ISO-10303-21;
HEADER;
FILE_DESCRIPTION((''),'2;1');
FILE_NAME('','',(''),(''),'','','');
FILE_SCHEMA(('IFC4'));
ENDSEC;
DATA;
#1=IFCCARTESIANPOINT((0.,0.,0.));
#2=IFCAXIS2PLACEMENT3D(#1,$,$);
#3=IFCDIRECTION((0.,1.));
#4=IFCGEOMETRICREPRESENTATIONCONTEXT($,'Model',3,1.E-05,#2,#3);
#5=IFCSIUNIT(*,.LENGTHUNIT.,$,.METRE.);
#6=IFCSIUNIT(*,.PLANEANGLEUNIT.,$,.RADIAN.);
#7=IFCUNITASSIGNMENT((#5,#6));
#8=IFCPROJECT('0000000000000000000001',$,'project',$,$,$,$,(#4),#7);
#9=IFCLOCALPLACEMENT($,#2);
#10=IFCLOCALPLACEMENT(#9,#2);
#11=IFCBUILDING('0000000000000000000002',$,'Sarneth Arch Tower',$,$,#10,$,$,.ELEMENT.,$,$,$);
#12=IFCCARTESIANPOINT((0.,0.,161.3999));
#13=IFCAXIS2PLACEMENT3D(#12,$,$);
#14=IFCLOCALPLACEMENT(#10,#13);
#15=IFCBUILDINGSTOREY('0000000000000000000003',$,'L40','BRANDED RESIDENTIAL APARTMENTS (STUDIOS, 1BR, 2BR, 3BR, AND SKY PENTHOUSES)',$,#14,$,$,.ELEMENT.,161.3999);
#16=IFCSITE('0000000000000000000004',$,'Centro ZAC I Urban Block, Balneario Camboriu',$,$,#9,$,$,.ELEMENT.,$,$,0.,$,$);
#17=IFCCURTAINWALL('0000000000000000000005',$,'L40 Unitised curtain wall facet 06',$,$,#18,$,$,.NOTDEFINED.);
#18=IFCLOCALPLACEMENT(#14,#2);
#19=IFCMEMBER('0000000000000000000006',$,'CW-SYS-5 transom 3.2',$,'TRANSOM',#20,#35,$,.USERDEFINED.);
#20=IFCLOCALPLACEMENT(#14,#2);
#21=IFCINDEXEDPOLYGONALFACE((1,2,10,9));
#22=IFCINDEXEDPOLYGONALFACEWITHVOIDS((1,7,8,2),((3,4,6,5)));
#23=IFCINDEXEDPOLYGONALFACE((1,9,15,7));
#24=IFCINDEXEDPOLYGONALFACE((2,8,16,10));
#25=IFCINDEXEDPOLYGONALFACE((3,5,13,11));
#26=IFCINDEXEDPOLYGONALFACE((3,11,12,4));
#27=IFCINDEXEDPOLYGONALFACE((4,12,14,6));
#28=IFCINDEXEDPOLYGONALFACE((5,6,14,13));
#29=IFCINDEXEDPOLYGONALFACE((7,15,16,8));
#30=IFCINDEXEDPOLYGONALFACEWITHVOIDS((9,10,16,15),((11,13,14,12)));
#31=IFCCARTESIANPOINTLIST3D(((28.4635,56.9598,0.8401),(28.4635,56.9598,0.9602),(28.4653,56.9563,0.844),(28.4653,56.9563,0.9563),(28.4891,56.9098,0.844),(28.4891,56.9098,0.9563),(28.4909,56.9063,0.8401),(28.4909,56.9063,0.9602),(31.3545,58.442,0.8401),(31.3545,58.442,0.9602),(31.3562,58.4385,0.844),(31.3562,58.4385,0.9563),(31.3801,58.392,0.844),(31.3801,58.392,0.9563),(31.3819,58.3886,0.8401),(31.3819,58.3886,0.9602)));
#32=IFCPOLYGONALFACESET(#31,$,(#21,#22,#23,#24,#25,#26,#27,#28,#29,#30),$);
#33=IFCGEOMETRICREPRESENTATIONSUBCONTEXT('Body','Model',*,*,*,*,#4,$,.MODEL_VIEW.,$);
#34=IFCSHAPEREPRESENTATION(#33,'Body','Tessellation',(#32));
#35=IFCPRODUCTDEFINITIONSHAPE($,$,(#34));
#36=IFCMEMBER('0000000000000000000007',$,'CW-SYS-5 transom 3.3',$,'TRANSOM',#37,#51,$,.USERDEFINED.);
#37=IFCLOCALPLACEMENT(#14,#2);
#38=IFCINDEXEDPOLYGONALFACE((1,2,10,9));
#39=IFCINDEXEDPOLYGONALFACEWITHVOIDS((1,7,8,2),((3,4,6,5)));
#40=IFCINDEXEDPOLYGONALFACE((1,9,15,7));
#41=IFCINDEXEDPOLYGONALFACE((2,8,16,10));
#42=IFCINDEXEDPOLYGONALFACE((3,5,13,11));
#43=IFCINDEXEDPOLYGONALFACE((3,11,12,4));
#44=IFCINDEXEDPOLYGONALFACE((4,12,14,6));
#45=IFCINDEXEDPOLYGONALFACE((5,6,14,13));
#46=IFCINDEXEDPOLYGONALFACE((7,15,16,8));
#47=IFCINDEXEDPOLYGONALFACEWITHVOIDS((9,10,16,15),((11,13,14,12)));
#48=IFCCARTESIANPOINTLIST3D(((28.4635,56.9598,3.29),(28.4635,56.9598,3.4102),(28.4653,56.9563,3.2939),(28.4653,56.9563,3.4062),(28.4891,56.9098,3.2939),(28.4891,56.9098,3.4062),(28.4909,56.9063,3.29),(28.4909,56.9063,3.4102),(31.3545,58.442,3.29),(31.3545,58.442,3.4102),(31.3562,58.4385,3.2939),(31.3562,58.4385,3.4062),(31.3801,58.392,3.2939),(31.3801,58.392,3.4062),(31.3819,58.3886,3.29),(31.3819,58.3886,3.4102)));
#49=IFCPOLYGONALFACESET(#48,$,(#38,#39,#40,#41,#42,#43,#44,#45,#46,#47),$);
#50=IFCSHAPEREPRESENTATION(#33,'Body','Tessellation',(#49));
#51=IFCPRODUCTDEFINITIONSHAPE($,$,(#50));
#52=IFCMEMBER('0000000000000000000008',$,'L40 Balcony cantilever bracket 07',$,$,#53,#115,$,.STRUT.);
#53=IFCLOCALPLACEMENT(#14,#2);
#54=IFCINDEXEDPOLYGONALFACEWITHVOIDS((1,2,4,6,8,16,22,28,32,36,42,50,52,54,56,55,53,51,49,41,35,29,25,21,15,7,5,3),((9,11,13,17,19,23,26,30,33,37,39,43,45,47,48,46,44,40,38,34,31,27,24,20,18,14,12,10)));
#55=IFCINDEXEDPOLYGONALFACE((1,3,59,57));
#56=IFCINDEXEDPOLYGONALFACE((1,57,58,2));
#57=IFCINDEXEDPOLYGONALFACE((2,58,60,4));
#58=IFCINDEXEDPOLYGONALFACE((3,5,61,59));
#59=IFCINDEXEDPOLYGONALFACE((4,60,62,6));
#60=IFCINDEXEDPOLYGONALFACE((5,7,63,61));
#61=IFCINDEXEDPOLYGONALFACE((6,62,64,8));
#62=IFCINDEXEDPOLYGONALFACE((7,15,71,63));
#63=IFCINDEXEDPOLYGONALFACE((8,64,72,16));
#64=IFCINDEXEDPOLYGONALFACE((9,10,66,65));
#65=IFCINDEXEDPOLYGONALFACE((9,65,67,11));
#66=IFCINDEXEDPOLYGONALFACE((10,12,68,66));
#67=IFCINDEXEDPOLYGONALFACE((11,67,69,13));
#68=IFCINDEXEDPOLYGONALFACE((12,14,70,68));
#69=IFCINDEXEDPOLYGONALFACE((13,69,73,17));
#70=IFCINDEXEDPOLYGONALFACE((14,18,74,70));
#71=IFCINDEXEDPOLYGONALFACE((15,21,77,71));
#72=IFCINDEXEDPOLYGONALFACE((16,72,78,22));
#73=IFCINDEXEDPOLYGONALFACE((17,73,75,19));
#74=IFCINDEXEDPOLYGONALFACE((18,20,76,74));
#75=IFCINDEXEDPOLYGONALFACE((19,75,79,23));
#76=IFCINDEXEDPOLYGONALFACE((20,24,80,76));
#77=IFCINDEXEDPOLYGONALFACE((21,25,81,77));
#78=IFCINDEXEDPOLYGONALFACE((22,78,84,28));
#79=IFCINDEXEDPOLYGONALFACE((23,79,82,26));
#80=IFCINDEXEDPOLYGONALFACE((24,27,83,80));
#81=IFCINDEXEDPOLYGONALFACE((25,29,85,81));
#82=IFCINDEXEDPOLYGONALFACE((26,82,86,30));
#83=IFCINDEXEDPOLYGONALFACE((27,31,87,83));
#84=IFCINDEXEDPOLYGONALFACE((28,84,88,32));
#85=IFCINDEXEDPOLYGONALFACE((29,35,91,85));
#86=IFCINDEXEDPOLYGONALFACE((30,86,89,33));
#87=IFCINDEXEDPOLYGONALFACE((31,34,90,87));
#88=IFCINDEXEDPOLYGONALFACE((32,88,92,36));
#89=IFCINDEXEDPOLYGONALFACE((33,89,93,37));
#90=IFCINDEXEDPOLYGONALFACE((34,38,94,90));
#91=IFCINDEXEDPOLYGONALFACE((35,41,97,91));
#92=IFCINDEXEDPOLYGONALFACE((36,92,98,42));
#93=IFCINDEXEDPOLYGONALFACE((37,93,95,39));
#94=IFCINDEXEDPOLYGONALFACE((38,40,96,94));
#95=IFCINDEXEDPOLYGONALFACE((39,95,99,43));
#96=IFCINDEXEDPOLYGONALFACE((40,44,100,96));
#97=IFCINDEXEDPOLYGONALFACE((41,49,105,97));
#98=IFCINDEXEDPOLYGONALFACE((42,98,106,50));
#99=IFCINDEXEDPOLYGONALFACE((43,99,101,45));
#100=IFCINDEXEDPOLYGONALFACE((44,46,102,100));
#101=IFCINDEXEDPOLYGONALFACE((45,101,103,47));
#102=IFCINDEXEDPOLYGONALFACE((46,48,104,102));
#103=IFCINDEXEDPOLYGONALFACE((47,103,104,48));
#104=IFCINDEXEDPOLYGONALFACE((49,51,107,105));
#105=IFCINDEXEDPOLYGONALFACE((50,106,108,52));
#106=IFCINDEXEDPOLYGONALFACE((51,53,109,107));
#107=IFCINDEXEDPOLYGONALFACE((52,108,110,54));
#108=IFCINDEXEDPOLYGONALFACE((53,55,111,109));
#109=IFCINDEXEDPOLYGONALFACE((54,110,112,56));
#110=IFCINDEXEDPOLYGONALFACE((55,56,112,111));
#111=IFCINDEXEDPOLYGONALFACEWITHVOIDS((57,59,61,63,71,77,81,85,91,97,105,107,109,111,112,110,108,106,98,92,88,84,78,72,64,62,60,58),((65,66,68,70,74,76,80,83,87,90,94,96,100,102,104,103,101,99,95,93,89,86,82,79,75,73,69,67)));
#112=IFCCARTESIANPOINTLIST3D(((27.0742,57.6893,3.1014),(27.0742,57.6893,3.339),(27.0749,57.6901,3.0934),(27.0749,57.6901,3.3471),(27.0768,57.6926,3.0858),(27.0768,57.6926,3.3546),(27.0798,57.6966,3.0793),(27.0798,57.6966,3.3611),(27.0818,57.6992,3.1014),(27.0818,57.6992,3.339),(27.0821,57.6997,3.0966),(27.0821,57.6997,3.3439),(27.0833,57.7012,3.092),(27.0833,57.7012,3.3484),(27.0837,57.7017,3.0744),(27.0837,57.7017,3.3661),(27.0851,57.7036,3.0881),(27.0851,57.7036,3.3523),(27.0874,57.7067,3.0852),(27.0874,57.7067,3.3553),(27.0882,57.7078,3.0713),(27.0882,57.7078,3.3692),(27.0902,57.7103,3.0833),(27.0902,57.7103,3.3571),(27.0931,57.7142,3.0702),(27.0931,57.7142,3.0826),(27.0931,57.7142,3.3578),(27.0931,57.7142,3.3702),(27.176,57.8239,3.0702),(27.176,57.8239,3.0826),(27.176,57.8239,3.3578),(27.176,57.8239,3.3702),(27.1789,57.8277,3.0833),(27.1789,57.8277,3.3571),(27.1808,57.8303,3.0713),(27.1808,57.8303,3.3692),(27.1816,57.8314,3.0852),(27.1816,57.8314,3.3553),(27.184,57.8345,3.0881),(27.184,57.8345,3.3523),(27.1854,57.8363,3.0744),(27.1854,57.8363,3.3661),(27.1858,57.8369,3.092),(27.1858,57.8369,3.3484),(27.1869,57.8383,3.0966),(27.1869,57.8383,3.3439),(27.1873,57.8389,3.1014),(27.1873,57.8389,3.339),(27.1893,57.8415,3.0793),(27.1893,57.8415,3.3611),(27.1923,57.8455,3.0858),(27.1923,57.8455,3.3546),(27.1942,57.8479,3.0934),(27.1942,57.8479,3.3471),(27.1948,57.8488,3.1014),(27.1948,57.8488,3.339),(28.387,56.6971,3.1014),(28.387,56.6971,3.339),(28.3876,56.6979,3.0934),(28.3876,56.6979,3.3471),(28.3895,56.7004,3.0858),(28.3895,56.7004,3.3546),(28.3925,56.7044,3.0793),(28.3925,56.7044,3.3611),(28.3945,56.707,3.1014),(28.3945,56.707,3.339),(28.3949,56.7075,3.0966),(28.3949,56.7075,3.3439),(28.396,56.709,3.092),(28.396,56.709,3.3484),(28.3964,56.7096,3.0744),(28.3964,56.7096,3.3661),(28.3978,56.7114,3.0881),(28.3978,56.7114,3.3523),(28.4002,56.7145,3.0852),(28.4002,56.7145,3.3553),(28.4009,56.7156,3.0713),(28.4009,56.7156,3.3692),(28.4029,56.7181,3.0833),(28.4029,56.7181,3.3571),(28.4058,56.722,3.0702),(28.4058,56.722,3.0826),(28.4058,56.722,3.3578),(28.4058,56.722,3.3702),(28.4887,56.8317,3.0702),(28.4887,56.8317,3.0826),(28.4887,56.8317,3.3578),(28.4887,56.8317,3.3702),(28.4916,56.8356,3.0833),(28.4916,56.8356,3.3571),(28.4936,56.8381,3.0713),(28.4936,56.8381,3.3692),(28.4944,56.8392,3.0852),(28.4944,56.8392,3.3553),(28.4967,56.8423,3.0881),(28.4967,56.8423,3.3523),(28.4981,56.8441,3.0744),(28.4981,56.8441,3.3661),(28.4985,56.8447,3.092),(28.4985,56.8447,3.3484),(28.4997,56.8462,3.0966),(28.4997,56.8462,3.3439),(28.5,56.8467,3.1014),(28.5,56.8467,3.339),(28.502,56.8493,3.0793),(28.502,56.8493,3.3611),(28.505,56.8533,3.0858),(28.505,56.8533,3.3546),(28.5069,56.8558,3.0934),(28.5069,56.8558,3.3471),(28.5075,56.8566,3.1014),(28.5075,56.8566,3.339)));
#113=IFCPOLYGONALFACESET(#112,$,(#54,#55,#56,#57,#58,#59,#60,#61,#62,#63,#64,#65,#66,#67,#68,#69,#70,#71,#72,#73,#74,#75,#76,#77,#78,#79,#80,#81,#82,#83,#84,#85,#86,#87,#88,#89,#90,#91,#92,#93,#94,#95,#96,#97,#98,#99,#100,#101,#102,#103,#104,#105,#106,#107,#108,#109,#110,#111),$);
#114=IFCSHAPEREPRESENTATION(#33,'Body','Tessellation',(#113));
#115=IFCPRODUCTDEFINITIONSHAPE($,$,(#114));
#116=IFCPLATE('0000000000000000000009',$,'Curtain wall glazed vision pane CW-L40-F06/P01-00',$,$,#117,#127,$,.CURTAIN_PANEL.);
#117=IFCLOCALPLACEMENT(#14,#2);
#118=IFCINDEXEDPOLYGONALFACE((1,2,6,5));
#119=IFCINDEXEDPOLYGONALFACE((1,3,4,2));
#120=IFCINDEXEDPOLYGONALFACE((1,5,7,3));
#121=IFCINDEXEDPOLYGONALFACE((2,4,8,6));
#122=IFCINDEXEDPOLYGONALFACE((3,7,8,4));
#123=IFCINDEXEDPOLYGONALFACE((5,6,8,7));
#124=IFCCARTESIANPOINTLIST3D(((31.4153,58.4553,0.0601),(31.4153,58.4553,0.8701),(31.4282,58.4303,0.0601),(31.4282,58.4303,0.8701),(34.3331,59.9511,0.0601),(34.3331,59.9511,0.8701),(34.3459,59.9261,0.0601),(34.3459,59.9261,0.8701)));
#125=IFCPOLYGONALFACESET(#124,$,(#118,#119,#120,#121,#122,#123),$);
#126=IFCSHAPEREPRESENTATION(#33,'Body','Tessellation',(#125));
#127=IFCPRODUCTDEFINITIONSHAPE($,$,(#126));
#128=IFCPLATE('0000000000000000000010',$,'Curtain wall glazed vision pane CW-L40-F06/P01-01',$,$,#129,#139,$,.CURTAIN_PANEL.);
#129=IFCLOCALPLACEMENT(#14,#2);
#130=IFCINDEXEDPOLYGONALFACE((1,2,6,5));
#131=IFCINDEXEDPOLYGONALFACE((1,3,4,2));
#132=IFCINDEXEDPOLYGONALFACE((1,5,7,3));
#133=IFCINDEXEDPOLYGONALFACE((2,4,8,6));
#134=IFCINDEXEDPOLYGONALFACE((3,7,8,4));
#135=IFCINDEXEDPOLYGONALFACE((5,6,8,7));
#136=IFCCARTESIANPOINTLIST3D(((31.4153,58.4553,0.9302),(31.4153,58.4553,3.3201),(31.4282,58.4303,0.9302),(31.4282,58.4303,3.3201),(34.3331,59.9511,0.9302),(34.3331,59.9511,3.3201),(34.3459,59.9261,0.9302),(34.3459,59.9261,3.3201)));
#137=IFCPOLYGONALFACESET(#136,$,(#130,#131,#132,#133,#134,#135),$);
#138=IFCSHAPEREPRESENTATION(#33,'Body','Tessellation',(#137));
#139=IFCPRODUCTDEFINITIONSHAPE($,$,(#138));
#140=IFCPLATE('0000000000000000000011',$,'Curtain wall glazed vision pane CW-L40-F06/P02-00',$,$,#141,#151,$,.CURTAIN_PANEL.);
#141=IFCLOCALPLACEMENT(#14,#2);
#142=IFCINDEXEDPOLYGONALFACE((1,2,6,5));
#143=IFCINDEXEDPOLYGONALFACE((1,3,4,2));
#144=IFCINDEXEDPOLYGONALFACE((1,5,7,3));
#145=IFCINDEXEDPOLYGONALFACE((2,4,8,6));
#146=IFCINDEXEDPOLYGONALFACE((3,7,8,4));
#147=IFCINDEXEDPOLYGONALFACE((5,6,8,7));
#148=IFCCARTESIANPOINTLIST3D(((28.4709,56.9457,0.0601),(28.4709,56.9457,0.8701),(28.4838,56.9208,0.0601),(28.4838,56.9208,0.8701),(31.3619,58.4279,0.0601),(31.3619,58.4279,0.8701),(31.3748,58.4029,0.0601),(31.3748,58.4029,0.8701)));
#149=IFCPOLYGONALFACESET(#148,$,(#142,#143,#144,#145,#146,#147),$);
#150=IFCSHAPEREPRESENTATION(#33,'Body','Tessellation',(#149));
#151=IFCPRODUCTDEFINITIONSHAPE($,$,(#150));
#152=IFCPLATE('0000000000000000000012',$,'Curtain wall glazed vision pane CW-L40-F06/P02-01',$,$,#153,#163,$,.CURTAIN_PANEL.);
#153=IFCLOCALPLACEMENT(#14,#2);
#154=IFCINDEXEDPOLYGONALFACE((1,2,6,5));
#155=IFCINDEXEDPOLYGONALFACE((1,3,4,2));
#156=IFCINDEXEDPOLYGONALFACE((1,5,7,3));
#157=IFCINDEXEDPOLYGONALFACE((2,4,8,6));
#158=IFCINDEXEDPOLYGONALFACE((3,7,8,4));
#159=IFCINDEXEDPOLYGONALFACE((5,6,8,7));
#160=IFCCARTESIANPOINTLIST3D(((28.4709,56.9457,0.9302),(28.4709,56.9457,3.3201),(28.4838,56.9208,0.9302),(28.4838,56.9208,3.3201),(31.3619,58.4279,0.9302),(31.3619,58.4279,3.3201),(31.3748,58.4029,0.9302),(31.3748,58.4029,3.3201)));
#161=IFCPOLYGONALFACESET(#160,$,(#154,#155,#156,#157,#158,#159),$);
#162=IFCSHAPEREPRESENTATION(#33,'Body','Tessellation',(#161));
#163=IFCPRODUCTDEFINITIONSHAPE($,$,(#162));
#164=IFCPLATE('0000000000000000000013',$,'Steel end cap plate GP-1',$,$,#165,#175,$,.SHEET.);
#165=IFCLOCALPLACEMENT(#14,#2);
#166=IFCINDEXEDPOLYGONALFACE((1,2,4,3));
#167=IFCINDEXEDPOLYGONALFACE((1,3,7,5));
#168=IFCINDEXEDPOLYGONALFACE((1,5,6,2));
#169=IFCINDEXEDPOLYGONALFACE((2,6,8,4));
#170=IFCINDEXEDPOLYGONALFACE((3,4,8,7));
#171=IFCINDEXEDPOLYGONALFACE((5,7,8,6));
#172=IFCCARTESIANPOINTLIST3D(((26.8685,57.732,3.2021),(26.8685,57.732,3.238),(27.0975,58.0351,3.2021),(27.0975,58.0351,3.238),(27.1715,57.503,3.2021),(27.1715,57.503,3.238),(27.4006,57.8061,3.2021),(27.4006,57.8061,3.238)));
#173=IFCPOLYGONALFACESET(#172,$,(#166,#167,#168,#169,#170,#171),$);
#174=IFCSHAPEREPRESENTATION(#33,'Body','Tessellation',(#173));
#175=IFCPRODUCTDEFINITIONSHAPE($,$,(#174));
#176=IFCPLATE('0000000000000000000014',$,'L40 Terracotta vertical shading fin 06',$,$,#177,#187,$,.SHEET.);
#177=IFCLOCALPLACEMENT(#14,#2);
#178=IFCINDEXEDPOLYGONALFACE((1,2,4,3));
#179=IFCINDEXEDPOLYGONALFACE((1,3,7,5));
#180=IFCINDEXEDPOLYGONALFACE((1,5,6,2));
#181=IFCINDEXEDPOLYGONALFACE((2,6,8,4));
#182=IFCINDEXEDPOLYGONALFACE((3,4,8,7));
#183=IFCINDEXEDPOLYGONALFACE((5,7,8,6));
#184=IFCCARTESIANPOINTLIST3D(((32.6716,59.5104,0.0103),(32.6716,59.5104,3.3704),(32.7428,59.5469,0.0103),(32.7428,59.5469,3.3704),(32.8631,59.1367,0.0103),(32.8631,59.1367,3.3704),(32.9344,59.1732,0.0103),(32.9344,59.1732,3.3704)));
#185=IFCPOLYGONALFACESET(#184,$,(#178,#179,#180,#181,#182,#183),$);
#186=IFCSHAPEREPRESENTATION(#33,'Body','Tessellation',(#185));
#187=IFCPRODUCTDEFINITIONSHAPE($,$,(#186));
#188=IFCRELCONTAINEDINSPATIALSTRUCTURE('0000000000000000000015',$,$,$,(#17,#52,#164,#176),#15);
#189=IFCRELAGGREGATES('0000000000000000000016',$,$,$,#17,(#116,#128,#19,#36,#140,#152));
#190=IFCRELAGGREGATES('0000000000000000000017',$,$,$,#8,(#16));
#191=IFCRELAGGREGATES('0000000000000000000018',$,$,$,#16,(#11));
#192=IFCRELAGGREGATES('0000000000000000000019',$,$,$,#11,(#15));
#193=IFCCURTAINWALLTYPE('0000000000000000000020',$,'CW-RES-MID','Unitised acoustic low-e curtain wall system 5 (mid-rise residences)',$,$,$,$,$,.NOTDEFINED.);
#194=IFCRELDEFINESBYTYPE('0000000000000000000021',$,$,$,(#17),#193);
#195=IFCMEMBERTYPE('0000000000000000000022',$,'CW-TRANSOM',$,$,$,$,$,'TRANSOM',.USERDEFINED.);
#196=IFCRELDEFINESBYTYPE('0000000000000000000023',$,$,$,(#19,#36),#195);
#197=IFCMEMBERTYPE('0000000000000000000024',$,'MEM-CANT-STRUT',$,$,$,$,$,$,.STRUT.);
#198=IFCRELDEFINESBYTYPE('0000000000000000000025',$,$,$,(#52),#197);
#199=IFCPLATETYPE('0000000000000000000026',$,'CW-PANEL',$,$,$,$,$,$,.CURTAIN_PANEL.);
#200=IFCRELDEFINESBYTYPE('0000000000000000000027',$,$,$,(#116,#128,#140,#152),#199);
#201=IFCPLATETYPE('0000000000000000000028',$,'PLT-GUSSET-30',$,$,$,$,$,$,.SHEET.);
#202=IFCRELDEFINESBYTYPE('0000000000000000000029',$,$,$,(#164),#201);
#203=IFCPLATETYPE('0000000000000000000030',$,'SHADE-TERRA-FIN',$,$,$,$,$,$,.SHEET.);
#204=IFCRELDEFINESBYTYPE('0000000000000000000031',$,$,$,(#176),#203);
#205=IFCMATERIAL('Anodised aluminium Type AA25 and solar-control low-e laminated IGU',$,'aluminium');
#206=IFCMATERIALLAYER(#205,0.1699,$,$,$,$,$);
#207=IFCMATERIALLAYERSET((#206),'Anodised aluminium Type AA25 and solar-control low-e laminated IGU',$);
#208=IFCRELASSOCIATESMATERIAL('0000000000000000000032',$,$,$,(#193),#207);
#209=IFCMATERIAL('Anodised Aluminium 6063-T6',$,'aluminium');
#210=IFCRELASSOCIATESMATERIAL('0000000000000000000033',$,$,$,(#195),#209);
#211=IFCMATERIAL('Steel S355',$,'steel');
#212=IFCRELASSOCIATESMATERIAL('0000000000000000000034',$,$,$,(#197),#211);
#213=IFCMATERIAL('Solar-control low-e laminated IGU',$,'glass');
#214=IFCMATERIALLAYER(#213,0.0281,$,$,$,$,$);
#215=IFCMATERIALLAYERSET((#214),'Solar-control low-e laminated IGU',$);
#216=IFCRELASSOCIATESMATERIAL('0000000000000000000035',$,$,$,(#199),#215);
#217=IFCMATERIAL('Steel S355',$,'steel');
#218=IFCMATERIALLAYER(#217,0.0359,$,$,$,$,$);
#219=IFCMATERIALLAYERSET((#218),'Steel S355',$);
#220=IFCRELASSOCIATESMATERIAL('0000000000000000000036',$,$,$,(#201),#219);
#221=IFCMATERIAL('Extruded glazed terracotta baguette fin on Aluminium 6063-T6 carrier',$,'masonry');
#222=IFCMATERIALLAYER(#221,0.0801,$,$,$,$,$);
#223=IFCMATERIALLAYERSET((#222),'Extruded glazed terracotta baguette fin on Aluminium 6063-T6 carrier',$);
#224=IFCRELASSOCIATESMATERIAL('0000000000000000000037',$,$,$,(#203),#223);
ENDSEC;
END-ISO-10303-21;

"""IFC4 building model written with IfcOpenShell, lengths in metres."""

from ifc_helpers import new_model, si_unit, direction, frame, origin, origin_2d, place, context, subcontext, project, spatial, rectangle, hollow_rectangle, extrude, material, layer, layer_set, material_profile, profile_set, type_object, element, aggregate, save


model = new_model("IFC4")

# Units and contexts
model_context = context("Model", 3, precision=1e-05, world=origin(), true_north=direction((0.0, 1.0)))
body_context = subcontext(model_context, "Body", "Model", "MODEL_VIEW")
ifc_project = project(units=[si_unit("LENGTHUNIT", "METRE"), si_unit("PLANEANGLEUNIT", "RADIAN")], contexts=[model_context])

# Site, building, storey
site_placement = place(None, origin())
site = spatial("IfcSite", under=ifc_project, at=site_placement, Name="Centro ZAC I Urban Block, Balneario Camboriu", CompositionType="ELEMENT", RefElevation=0.0)
building_placement = place(site_placement, origin())
building = spatial("IfcBuilding", under=site, at=building_placement, Name="Sarneth Arch Tower", CompositionType="ELEMENT")
storey_placement = place(building_placement, frame((0.0, 0.0, 161.3999)))
storey = spatial("IfcBuildingStorey", under=building, at=storey_placement, Name="L40", Description="BRANDED RESIDENTIAL APARTMENTS (STUDIOS, 1BR, 2BR, 3BR, AND SKY PENTHOUSES)", CompositionType="ELEMENT", Elevation=161.3999)

# Curtain wall, members
ifc_material_1 = material(Name="Anodised aluminium Type AA25 and solar-control low-e laminated IGU", Category="aluminium")
ifc_layer_1 = layer(ifc_material_1, 0.1699)
ifc_layer_set_1 = layer_set([ifc_layer_1], Name="Anodised aluminium Type AA25 and solar-control low-e laminated IGU")
curtain_wall_type = type_object("IfcCurtainWallType", Name="CW-RES-MID", Description="Unitised acoustic low-e curtain wall system 5 (mid-rise residences)", PredefinedType="NOTDEFINED", material=ifc_layer_set_1)
curtain_wall_placement = place(storey_placement, origin())
curtain_wall = element("IfcCurtainWall", 1, at=curtain_wall_placement, inside=storey, type_object=curtain_wall_type, Name="L40 Unitised curtain wall facet 06", PredefinedType="NOTDEFINED")
ifc_material_2 = material(Name="Anodised Aluminium 6063-T6", Category="aluminium")
ifc_material_profile_1 = material_profile(ifc_material_2, hollow_rectangle(XDim=0.0601, YDim=0.1201, WallThickness=0.0039, at=origin_2d()), Name="AL-TRAN-120x60x4")
ifc_profile_set_1 = profile_set([ifc_material_profile_1], Name="Anodised Aluminium 6063-T6")
member_type_1 = type_object("IfcMemberType", Name="CW-TRANSOM", ElementType="TRANSOM", PredefinedType="USERDEFINED", material=ifc_profile_set_1)
member_1_placement = place(storey_placement, frame((31.3682, 58.4153, 0.9001), z_axis=(-0.889857, -0.456239, 0.0), x_axis=(0.456239, -0.889857, 0.0)))
member_1 = element("IfcMember", 2, at=member_1_placement, type_object=member_type_1, Name="CW-SYS-5 transom 3.2", ObjectType="TRANSOM", PredefinedType="USERDEFINED", context=body_context, shape_type="SweptSolid", body=[
    extrude(hollow_rectangle(XDim=0.0601, YDim=0.1201, WallThickness=0.0039, at=origin_2d()), origin(), (0.0, 0.0, 1.0), 3.2488),
])
member_2_placement = place(storey_placement, frame((31.3682, 58.4153, 3.3501), z_axis=(-0.889857, -0.456239, 0.0), x_axis=(0.456239, -0.889857, 0.0)))
member_2 = element("IfcMember", 3, at=member_2_placement, type_object=member_type_1, Name="CW-SYS-5 transom 3.3", ObjectType="TRANSOM", PredefinedType="USERDEFINED", context=body_context, shape_type="SweptSolid", body=[
    extrude(hollow_rectangle(XDim=0.0601, YDim=0.1201, WallThickness=0.0039, at=origin_2d()), origin(), (0.0, 0.0, 1.0), 3.2488),
])

# Member
ifc_material_3 = material(Name="Steel S355", Category="steel")
ifc_material_profile_2 = material_profile(ifc_material_3, hollow_rectangle(XDim=0.2, YDim=0.3, WallThickness=0.0125, InnerFilletRadius=0.0188, OuterFilletRadius=0.0312, at=origin_2d()), Name="RHS300x200x12.5")
ifc_profile_set_2 = profile_set([ifc_material_profile_2], Name="Steel S355")
member_type_2 = type_object("IfcMemberType", Name="MEM-CANT-STRUT", PredefinedType="STRUT", material=ifc_profile_set_2)
member_3_placement = place(storey_placement, frame((28.4473, 56.7769, 3.2202), z_axis=(-0.797769, 0.602963, 0.0), x_axis=(-0.602963, -0.797769, 0.0)))
element("IfcMember", 4, at=member_3_placement, inside=storey, type_object=member_type_2, Name="L40 Balcony cantilever bracket 07", PredefinedType="STRUT", context=body_context, shape_type="SweptSolid", body=[
    extrude(hollow_rectangle(XDim=0.2, YDim=0.3, WallThickness=0.0125, InnerFilletRadius=0.0188, OuterFilletRadius=0.0312, at=origin_2d()), origin(), (0.0, 0.0, 1.0), 1.6455),
])

# Plates
ifc_material_4 = material(Name="Solar-control low-e laminated IGU", Category="glass")
ifc_layer_2 = layer(ifc_material_4, 0.0281)
ifc_layer_set_2 = layer_set([ifc_layer_2], Name="Solar-control low-e laminated IGU")
plate_type_1 = type_object("IfcPlateType", Name="CW-PANEL", PredefinedType="CURTAIN_PANEL", material=ifc_layer_set_2)
plate_1_placement = place(storey_placement, frame((32.8806, 59.1907, 0.0601), z_axis=(0.0, 0.0, 1.0), x_axis=(-0.889873, -0.456208, 0.0)))
plate_1 = element("IfcPlate", 5, at=plate_1_placement, type_object=plate_type_1, Name="Curtain wall glazed vision pane CW-L40-F06/P01-00", PredefinedType="CURTAIN_PANEL", context=body_context, shape_type="SweptSolid", body=[
    extrude(rectangle(XDim=3.2788, YDim=0.0281, at=origin_2d()), origin(), (0.0, 0.0, 1.0), 0.8101),
])
plate_2_placement = place(storey_placement, frame((32.8806, 59.1907, 0.9302), z_axis=(0.0, 0.0, 1.0), x_axis=(-0.889873, -0.456208, 0.0)))
plate_2 = element("IfcPlate", 6, at=plate_2_placement, type_object=plate_type_1, Name="Curtain wall glazed vision pane CW-L40-F06/P01-01", PredefinedType="CURTAIN_PANEL", context=body_context, shape_type="SweptSolid", body=[
    extrude(rectangle(XDim=3.2788, YDim=0.0281, at=origin_2d()), origin(), (0.0, 0.0, 1.0), 2.3899),
])
plate_3_placement = place(storey_placement, frame((29.9229, 57.6743, 0.0601), z_axis=(0.0, 0.0, 1.0), x_axis=(-0.889873, -0.456208, 0.0)))
plate_3 = element("IfcPlate", 7, at=plate_3_placement, type_object=plate_type_1, Name="Curtain wall glazed vision pane CW-L40-F06/P02-00", PredefinedType="CURTAIN_PANEL", context=body_context, shape_type="SweptSolid", body=[
    extrude(rectangle(XDim=3.2488, YDim=0.0281, at=origin_2d()), origin(), (0.0, 0.0, 1.0), 0.8101),
])
plate_4_placement = place(storey_placement, frame((29.9229, 57.6743, 0.9302), z_axis=(0.0, 0.0, 1.0), x_axis=(-0.889873, -0.456208, 0.0)))
plate_4 = element("IfcPlate", 8, at=plate_4_placement, type_object=plate_type_1, Name="Curtain wall glazed vision pane CW-L40-F06/P02-01", PredefinedType="CURTAIN_PANEL", context=body_context, shape_type="SweptSolid", body=[
    extrude(rectangle(XDim=3.2488, YDim=0.0281, at=origin_2d()), origin(), (0.0, 0.0, 1.0), 2.3899),
])
aggregate(curtain_wall, [plate_1, plate_2, member_1, member_2, plate_3, plate_4])

# Plates
ifc_material_5 = material(Name="Steel S355", Category="steel")
ifc_layer_3 = layer(ifc_material_5, 0.0359)
ifc_layer_set_3 = layer_set([ifc_layer_3], Name="Steel S355")
plate_type_2 = type_object("IfcPlateType", Name="PLT-GUSSET-30", PredefinedType="SHEET", material=ifc_layer_set_3)
plate_5_placement = place(storey_placement, frame((27.1345, 57.769, 3.2021), z_axis=(0.0, 0.0, 1.0), x_axis=(-0.797794, 0.60293, 0.0)))
element("IfcPlate", 9, at=plate_5_placement, inside=storey, type_object=plate_type_2, Name="Steel end cap plate GP-1", PredefinedType="SHEET", context=body_context, shape_type="SweptSolid", body=[
    extrude(rectangle(XDim=0.3799, YDim=0.3799, at=origin_2d()), origin(), (0.0, 0.0, 1.0), 0.0359),
])
ifc_material_6 = material(Name="Extruded glazed terracotta baguette fin on Aluminium 6063-T6 carrier", Category="masonry")
ifc_layer_4 = layer(ifc_material_6, 0.0801)
ifc_layer_set_4 = layer_set([ifc_layer_4], Name="Extruded glazed terracotta baguette fin on Aluminium 6063-T6 carrier")
plate_type_3 = type_object("IfcPlateType", Name="SHADE-TERRA-FIN", PredefinedType="SHEET", material=ifc_layer_set_4)
plate_6_placement = place(storey_placement, frame((32.803, 59.3418, 0.0103), z_axis=(0.0, 0.0, 1.0), x_axis=(-0.456166, 0.889895, 0.0)))
element("IfcPlate", 10, at=plate_6_placement, inside=storey, type_object=plate_type_3, Name="L40 Terracotta vertical shading fin 06", PredefinedType="SHEET", context=body_context, shape_type="SweptSolid", body=[
    extrude(rectangle(XDim=0.4199, YDim=0.0801, at=origin_2d()), origin(), (0.0, 0.0, 1.0), 3.3601),
])

save(model, "model.ifc")
